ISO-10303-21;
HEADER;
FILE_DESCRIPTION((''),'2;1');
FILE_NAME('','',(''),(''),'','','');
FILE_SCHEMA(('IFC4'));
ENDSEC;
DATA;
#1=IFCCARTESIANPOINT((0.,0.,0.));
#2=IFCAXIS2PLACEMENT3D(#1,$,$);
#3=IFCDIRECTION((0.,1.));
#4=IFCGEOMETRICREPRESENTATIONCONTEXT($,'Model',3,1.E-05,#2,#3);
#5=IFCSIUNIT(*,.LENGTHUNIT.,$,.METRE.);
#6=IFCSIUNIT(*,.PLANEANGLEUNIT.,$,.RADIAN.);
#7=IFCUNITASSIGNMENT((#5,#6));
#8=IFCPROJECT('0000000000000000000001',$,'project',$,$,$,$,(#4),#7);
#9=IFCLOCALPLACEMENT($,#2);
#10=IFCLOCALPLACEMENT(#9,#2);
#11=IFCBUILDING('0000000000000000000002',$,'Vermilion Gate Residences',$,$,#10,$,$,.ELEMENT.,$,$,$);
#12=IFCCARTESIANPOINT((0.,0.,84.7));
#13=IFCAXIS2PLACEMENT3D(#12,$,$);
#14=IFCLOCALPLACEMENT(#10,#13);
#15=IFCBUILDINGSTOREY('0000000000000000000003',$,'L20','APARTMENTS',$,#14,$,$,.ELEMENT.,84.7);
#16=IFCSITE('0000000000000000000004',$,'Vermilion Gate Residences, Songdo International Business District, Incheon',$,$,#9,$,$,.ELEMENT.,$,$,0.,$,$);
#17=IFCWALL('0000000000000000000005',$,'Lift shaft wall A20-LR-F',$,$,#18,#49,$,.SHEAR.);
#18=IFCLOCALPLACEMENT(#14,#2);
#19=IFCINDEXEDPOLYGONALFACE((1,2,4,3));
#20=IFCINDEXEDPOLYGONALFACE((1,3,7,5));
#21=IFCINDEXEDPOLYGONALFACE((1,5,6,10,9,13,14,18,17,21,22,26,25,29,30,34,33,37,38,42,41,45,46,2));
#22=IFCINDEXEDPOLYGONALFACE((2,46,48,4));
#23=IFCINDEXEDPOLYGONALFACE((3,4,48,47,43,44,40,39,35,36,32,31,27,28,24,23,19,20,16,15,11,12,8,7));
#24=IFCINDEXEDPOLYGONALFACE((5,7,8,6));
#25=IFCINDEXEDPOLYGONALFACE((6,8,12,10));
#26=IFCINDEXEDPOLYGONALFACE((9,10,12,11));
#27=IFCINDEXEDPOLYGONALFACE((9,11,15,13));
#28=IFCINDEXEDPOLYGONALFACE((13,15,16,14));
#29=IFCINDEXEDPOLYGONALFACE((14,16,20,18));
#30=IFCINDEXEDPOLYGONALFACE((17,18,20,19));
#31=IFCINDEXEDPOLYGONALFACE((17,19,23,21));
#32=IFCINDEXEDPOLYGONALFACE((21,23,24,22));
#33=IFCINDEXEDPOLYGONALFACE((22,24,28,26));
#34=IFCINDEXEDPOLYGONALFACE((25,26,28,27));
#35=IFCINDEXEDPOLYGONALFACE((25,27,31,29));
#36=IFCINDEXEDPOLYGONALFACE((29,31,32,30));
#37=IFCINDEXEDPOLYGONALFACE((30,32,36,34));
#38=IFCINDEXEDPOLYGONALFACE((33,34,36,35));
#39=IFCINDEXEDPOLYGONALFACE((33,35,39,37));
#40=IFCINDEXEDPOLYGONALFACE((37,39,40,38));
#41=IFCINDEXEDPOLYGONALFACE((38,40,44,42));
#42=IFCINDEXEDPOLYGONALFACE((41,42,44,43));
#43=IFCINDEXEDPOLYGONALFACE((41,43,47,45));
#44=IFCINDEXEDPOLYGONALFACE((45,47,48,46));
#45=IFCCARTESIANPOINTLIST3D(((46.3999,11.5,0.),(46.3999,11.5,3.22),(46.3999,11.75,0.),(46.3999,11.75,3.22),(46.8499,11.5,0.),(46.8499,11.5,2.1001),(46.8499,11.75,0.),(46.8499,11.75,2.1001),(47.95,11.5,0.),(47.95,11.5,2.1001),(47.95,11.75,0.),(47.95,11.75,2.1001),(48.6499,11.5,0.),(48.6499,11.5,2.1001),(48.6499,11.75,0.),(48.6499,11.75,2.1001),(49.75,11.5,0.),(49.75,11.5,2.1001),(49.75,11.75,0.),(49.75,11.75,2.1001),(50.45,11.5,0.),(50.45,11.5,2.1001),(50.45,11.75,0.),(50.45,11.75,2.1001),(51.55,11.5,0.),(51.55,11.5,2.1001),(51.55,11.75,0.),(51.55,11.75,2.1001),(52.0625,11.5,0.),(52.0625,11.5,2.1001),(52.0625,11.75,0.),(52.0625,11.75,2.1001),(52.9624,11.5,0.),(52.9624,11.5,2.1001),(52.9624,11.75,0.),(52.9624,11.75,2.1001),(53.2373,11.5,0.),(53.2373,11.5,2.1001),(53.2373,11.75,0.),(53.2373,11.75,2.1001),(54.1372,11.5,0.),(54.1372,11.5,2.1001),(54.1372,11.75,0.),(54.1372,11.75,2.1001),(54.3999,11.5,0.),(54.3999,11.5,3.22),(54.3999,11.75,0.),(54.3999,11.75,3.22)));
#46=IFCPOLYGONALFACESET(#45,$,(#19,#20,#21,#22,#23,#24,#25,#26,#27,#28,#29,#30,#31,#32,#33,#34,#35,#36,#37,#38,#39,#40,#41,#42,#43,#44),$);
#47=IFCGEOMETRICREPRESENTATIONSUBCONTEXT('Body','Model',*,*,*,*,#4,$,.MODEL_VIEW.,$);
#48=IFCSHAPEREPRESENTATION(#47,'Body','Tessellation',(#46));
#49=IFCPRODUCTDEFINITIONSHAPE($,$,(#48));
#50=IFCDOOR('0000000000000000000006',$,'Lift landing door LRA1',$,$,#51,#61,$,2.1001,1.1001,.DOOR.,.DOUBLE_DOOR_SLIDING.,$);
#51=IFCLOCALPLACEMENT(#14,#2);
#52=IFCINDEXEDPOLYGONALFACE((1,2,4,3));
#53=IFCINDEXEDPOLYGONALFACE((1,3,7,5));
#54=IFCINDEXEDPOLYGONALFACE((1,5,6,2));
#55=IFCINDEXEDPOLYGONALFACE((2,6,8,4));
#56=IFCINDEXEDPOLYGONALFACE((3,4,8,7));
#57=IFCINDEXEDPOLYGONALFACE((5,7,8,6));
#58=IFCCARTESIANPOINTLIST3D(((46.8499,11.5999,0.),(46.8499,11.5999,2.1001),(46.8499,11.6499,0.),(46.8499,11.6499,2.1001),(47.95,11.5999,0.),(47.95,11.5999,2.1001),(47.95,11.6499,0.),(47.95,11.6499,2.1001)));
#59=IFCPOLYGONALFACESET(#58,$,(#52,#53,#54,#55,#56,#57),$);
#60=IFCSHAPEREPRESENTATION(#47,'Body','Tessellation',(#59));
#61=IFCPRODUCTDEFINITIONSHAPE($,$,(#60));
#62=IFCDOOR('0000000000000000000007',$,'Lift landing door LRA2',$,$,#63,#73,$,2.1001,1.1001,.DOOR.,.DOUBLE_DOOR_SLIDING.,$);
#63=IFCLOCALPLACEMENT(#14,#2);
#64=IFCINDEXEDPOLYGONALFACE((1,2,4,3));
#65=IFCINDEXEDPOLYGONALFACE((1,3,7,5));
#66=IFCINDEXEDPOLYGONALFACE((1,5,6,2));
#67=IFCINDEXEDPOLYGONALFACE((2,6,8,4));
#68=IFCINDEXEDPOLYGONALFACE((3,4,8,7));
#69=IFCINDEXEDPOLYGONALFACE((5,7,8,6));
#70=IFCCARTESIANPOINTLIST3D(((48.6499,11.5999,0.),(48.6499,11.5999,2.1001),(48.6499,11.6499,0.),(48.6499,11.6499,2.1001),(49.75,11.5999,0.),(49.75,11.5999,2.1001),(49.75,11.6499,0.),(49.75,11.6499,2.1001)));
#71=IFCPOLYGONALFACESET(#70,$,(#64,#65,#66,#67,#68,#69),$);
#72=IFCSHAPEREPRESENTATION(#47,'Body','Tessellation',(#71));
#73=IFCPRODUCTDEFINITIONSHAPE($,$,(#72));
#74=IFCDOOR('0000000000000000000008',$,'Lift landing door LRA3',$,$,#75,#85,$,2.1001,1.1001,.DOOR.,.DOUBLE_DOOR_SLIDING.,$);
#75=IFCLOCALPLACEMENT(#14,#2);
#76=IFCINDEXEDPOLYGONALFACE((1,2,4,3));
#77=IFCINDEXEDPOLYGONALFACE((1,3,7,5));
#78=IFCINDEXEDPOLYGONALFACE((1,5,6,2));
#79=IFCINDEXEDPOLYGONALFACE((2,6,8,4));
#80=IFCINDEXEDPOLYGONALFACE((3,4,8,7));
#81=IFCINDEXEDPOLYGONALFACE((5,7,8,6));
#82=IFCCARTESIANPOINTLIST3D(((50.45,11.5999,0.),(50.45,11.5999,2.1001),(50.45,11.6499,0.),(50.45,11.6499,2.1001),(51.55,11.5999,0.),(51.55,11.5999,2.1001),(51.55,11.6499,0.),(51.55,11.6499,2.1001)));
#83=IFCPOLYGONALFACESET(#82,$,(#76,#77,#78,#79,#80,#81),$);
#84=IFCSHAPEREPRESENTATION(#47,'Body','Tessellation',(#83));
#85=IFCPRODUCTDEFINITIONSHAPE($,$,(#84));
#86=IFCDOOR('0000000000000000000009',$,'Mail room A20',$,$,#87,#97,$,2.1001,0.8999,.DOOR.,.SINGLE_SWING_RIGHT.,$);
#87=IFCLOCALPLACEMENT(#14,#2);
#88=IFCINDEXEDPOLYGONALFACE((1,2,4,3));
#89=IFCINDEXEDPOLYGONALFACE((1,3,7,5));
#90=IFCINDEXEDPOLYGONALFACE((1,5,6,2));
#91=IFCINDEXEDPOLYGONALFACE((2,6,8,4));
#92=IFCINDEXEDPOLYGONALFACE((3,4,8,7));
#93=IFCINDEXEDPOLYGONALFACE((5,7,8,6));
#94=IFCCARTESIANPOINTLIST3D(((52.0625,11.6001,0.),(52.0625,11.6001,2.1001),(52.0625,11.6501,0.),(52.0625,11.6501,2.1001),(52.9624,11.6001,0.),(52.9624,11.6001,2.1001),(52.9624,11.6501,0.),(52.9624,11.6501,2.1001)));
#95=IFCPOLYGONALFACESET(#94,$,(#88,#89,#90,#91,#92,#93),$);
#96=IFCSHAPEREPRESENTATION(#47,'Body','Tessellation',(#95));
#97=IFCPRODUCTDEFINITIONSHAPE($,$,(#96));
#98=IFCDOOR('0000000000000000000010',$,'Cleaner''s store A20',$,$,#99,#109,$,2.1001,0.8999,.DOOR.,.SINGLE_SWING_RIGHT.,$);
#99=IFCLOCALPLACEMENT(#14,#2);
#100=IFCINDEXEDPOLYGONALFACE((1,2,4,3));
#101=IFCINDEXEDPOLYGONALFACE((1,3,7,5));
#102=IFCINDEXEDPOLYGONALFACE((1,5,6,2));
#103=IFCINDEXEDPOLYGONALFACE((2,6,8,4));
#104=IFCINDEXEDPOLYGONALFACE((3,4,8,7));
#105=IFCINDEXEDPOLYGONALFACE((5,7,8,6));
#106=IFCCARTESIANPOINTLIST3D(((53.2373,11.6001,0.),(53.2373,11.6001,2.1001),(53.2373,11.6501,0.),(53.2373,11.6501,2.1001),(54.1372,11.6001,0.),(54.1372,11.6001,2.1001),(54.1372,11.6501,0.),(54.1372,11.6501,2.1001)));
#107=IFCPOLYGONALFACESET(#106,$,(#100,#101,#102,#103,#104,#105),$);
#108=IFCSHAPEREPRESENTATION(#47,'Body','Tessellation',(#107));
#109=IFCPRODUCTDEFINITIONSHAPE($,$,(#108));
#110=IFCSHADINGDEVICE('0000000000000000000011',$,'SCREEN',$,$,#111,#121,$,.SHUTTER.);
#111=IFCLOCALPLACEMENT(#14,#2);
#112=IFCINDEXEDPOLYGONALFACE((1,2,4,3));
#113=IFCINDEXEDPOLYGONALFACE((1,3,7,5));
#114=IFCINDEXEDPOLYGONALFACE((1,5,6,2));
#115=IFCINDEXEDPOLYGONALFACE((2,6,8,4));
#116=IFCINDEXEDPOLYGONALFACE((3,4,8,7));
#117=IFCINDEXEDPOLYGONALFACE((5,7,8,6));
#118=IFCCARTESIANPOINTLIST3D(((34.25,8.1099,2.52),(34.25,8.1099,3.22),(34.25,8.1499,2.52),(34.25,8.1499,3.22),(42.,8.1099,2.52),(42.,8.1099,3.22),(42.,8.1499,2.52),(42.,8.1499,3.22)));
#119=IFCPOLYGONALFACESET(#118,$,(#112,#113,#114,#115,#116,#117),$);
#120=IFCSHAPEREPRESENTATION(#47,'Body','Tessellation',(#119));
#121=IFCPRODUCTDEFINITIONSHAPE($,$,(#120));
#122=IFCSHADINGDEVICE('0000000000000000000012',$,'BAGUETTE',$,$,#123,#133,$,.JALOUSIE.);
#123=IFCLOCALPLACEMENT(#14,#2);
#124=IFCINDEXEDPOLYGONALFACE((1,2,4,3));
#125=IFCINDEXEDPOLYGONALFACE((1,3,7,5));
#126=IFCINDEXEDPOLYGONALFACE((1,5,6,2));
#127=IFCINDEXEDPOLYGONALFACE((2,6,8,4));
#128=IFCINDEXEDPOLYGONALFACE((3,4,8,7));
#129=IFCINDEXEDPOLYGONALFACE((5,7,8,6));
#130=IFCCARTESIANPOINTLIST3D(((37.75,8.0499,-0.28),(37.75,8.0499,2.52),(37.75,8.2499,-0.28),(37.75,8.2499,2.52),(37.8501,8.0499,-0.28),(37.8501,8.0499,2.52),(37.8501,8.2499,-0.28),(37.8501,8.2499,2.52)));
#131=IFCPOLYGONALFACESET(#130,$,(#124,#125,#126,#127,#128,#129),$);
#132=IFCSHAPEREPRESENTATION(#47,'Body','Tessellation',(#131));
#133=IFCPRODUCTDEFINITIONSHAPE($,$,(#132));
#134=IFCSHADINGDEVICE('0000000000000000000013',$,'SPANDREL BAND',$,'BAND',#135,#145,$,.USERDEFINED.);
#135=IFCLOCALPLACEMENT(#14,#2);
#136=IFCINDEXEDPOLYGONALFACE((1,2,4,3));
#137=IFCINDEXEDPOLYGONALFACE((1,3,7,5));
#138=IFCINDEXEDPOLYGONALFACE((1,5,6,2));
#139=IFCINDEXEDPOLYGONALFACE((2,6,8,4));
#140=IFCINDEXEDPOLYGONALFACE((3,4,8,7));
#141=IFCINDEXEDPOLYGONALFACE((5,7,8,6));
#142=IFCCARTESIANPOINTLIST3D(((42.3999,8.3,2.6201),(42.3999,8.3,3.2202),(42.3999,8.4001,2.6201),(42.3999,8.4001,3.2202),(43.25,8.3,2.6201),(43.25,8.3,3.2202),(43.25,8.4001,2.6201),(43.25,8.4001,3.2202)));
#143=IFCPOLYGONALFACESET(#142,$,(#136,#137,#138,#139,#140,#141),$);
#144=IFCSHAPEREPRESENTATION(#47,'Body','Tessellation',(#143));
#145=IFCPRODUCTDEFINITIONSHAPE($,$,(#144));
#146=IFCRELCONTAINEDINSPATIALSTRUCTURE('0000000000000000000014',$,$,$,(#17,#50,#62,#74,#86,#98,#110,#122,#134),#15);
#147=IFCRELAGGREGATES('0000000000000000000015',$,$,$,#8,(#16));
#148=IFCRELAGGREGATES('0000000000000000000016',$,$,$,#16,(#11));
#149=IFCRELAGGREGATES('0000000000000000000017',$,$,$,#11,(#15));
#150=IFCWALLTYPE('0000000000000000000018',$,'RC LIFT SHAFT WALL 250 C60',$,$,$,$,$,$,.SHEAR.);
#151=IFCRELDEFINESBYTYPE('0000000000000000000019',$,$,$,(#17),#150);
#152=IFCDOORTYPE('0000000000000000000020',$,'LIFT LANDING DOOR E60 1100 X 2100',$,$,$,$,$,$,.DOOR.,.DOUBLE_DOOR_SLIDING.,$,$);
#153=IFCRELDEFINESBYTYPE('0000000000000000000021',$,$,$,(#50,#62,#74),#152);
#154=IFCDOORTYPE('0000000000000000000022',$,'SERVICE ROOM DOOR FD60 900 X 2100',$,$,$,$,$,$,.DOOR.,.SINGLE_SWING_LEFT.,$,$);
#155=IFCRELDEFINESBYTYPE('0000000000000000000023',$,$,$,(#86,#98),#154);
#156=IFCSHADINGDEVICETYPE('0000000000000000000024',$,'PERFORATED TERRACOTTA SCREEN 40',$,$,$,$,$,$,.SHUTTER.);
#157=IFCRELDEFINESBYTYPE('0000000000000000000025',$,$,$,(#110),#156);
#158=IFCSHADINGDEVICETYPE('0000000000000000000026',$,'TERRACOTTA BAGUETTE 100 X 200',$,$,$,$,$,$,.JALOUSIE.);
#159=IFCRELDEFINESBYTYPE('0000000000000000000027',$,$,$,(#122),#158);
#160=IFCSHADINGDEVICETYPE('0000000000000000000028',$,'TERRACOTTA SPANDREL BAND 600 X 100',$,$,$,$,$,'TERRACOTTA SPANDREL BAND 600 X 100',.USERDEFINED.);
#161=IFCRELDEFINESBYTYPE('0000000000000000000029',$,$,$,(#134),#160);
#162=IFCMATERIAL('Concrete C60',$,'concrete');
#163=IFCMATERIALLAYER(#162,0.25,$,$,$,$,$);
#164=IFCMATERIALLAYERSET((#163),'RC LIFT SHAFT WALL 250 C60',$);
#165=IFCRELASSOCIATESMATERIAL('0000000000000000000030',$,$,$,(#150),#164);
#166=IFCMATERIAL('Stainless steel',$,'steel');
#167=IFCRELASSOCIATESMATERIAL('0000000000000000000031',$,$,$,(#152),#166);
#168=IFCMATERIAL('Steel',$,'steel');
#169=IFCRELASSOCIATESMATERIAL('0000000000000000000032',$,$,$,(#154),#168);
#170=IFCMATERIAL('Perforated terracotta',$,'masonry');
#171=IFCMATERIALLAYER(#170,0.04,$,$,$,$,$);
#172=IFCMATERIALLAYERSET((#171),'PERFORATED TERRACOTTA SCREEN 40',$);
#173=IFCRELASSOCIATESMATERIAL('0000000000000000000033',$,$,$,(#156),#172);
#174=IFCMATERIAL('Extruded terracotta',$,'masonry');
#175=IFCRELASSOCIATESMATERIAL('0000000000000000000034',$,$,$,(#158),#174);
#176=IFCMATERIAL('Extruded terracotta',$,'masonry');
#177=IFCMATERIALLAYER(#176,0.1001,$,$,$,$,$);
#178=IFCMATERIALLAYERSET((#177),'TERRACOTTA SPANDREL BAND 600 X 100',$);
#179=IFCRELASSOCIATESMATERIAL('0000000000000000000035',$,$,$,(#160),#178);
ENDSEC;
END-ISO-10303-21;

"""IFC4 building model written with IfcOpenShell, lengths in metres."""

from ifc_helpers import new_model, si_unit, direction, frame, frame_2d, origin, origin_2d, place, context, subcontext, project, spatial, rectangle, extrude, material, layer, layer_set, material_profile, profile_set, type_object, element, fill, save


model = new_model("IFC4")

# Units and contexts
model_context = context("Model", 3, precision=1e-05, world=origin(), true_north=direction((0.0, 1.0)))
body_context = subcontext(model_context, "Body", "Model", "MODEL_VIEW")
ifc_project = project(units=[si_unit("LENGTHUNIT", "METRE"), si_unit("PLANEANGLEUNIT", "RADIAN")], contexts=[model_context])

# Site, building, storey
site_placement = place(None, origin())
site = spatial("IfcSite", under=ifc_project, at=site_placement, Name="Vermilion Gate Residences, Songdo International Business District, Incheon", CompositionType="ELEMENT", RefElevation=0.0)
building_placement = place(site_placement, origin())
building = spatial("IfcBuilding", under=site, at=building_placement, Name="Vermilion Gate Residences", CompositionType="ELEMENT")
storey_placement = place(building_placement, frame((0.0, 0.0, 84.7)))
storey = spatial("IfcBuildingStorey", under=building, at=storey_placement, Name="L20", Description="APARTMENTS", CompositionType="ELEMENT", Elevation=84.7)

# Wall, openings, doors
ifc_material_1 = material(Name="Concrete C60", Category="concrete")
ifc_layer_1 = layer(ifc_material_1, 0.25)
ifc_layer_set_1 = layer_set([ifc_layer_1], Name="RC LIFT SHAFT WALL 250 C60")
wall_type_1 = type_object("IfcWallType", Name="RC LIFT SHAFT WALL 250 C60", PredefinedType="SHEAR", material=ifc_layer_set_1)
wall_1_placement = place(storey_placement, frame((46.3999, 11.625, 0.0), z_axis=(0.0, 0.0, 1.0), x_axis=(1.0, 0.0, 0.0)))
wall_1 = element("IfcWall", 1, at=wall_1_placement, inside=storey, type_object=wall_type_1, Name="Lift shaft wall A20-LR-F", PredefinedType="SHEAR", context=body_context, shape_type="SweptSolid", body=[
    extrude(rectangle(XDim=8.0, YDim=0.25, at=frame_2d((4.0, 0.0))), origin(), (0.0, 0.0, 1.0), 3.22),
])
opening_1_placement = place(wall_1_placement, frame((0.45, 0.0, 0.0)))
opening_1 = element("IfcOpeningElement", 2, at=opening_1_placement, cuts=wall_1, PredefinedType="OPENING", context=body_context, shape_type="SweptSolid", body=[
    extrude(rectangle(XDim=1.1001, YDim=2.1001, at=frame_2d((0.55, 1.05))), frame((0.0, 0.135, 0.0), z_axis=(0.0, -1.0, 0.0), x_axis=(1.0, 0.0, 0.0)), (0.0, 0.0, 1.0), 0.27),
])
opening_2_placement = place(wall_1_placement, frame((2.25, 0.0, 0.0)))
opening_2 = element("IfcOpeningElement", 3, at=opening_2_placement, cuts=wall_1, PredefinedType="OPENING", context=body_context, shape_type="SweptSolid", body=[
    extrude(rectangle(XDim=1.1001, YDim=2.1001, at=frame_2d((0.55, 1.05))), frame((0.0, 0.135, 0.0), z_axis=(0.0, -1.0, 0.0), x_axis=(1.0, 0.0, 0.0)), (0.0, 0.0, 1.0), 0.27),
])
opening_3_placement = place(wall_1_placement, frame((4.05, 0.0, 0.0)))
opening_3 = element("IfcOpeningElement", 4, at=opening_3_placement, cuts=wall_1, PredefinedType="OPENING", context=body_context, shape_type="SweptSolid", body=[
    extrude(rectangle(XDim=1.1001, YDim=2.1001, at=frame_2d((0.55, 1.05))), frame((0.0, 0.135, 0.0), z_axis=(0.0, -1.0, 0.0), x_axis=(1.0, 0.0, 0.0)), (0.0, 0.0, 1.0), 0.27),
])
opening_4_placement = place(wall_1_placement, frame((5.6626, 0.0, 0.0)))
opening_4 = element("IfcOpeningElement", 5, at=opening_4_placement, cuts=wall_1, PredefinedType="OPENING", context=body_context, shape_type="SweptSolid", body=[
    extrude(rectangle(XDim=0.8999, YDim=2.1001, at=frame_2d((0.45, 1.05))), frame((0.0, 0.135, 0.0), z_axis=(0.0, -1.0, 0.0), x_axis=(1.0, 0.0, 0.0)), (0.0, 0.0, 1.0), 0.27),
])
opening_5_placement = place(wall_1_placement, frame((6.8374, 0.0, 0.0)))
opening_5 = element("IfcOpeningElement", 6, at=opening_5_placement, cuts=wall_1, PredefinedType="OPENING", context=body_context, shape_type="SweptSolid", body=[
    extrude(rectangle(XDim=0.8999, YDim=2.1001, at=frame_2d((0.45, 1.05))), frame((0.0, 0.135, 0.0), z_axis=(0.0, -1.0, 0.0), x_axis=(1.0, 0.0, 0.0)), (0.0, 0.0, 1.0), 0.27),
])
ifc_material_2 = material(Name="Stainless steel", Category="steel")
door_type_1 = type_object("IfcDoorType", Name="LIFT LANDING DOOR E60 1100 X 2100", OperationType="DOUBLE_DOOR_SLIDING", PredefinedType="DOOR", material=ifc_material_2)
door_1_placement = place(opening_1_placement, origin())
door_1 = element("IfcDoor", 7, at=door_1_placement, inside=storey, type_object=door_type_1, Name="Lift landing door LRA1", OperationType="DOUBLE_DOOR_SLIDING", OverallHeight=2.1001, OverallWidth=1.1001, PredefinedType="DOOR", context=body_context, shape_type="SweptSolid", body=[
    extrude(rectangle(XDim=1.1001, YDim=2.1001, at=frame_2d((0.55, 1.05))), frame((0.0, 0.0249, 0.0), z_axis=(0.0, -1.0, 0.0), x_axis=(1.0, 0.0, 0.0)), (0.0, 0.0, 1.0), 0.05),
])
fill(opening_1, door_1)
door_2_placement = place(opening_2_placement, origin())
door_2 = element("IfcDoor", 8, at=door_2_placement, inside=storey, type_object=door_type_1, Name="Lift landing door LRA2", OperationType="DOUBLE_DOOR_SLIDING", OverallHeight=2.1001, OverallWidth=1.1001, PredefinedType="DOOR", context=body_context, shape_type="SweptSolid", body=[
    extrude(rectangle(XDim=1.1001, YDim=2.1001, at=frame_2d((0.55, 1.05))), frame((0.0, 0.0249, 0.0), z_axis=(0.0, -1.0, 0.0), x_axis=(1.0, 0.0, 0.0)), (0.0, 0.0, 1.0), 0.05),
])
fill(opening_2, door_2)
door_3_placement = place(opening_3_placement, origin())
door_3 = element("IfcDoor", 9, at=door_3_placement, inside=storey, type_object=door_type_1, Name="Lift landing door LRA3", OperationType="DOUBLE_DOOR_SLIDING", OverallHeight=2.1001, OverallWidth=1.1001, PredefinedType="DOOR", context=body_context, shape_type="SweptSolid", body=[
    extrude(rectangle(XDim=1.1001, YDim=2.1001, at=frame_2d((0.55, 1.05))), frame((0.0, 0.0249, 0.0), z_axis=(0.0, -1.0, 0.0), x_axis=(1.0, 0.0, 0.0)), (0.0, 0.0, 1.0), 0.05),
])
fill(opening_3, door_3)
ifc_material_3 = material(Name="Steel", Category="steel")
door_type_2 = type_object("IfcDoorType", Name="SERVICE ROOM DOOR FD60 900 X 2100", OperationType="SINGLE_SWING_LEFT", PredefinedType="DOOR", material=ifc_material_3)
door_4_placement = place(opening_4_placement, frame((0.8999, 0.0, 0.0), z_axis=(0.0, 0.0, 1.0), x_axis=(-1.0, 0.0, 0.0)))
door_4 = element("IfcDoor", 10, at=door_4_placement, inside=storey, type_object=door_type_2, Name="Mail room A20", OperationType="SINGLE_SWING_RIGHT", OverallHeight=2.1001, OverallWidth=0.8999, PredefinedType="DOOR", context=body_context, shape_type="SweptSolid", body=[
    extrude(rectangle(XDim=0.8999, YDim=2.1001, at=frame_2d((0.45, 1.05))), frame((0.0, 0.0249, 0.0), z_axis=(0.0, -1.0, 0.0), x_axis=(1.0, 0.0, 0.0)), (0.0, 0.0, 1.0), 0.05),
])
fill(opening_4, door_4)
door_5_placement = place(opening_5_placement, frame((0.8999, 0.0, 0.0), z_axis=(0.0, 0.0, 1.0), x_axis=(-1.0, 0.0, 0.0)))
door_5 = element("IfcDoor", 11, at=door_5_placement, inside=storey, type_object=door_type_2, Name="Cleaner's store A20", OperationType="SINGLE_SWING_RIGHT", OverallHeight=2.1001, OverallWidth=0.8999, PredefinedType="DOOR", context=body_context, shape_type="SweptSolid", body=[
    extrude(rectangle(XDim=0.8999, YDim=2.1001, at=frame_2d((0.45, 1.05))), frame((0.0, 0.0249, 0.0), z_axis=(0.0, -1.0, 0.0), x_axis=(1.0, 0.0, 0.0)), (0.0, 0.0, 1.0), 0.05),
])
fill(opening_5, door_5)

# Shading devices
ifc_material_4 = material(Name="Perforated terracotta", Category="masonry")
ifc_layer_2 = layer(ifc_material_4, 0.04)
ifc_layer_set_2 = layer_set([ifc_layer_2], Name="PERFORATED TERRACOTTA SCREEN 40")
shading_device_type_1 = type_object("IfcShadingDeviceType", Name="PERFORATED TERRACOTTA SCREEN 40", PredefinedType="SHUTTER", material=ifc_layer_set_2)
shading_device_1_placement = place(storey_placement, frame((38.125, 8.1299, 2.52), z_axis=(0.0, 0.0, 1.0), x_axis=(1.0, 0.0, 0.0)))
element("IfcShadingDevice", 12, at=shading_device_1_placement, inside=storey, type_object=shading_device_type_1, Name="SCREEN", PredefinedType="SHUTTER", context=body_context, shape_type="SweptSolid", body=[
    extrude(rectangle(XDim=7.75, YDim=0.04, at=origin_2d()), origin(), (0.0, 0.0, 1.0), 0.7),
])
ifc_material_5 = material(Name="Extruded terracotta", Category="masonry")
ifc_material_profile = material_profile(ifc_material_5, rectangle(XDim=0.2, YDim=0.1001, at=origin_2d()), Name="BAGUETTE 100 X 200")
ifc_profile_set = profile_set([ifc_material_profile], Name="Extruded terracotta")
shading_device_type_2 = type_object("IfcShadingDeviceType", Name="TERRACOTTA BAGUETTE 100 X 200", PredefinedType="JALOUSIE", material=ifc_profile_set)
shading_device_2_placement = place(storey_placement, frame((37.8, 8.1499, -0.28), z_axis=(0.0, 0.0, 1.0), x_axis=(0.0, 1.0, 0.0)))
element("IfcShadingDevice", 13, at=shading_device_2_placement, inside=storey, type_object=shading_device_type_2, Name="BAGUETTE", PredefinedType="JALOUSIE", context=body_context, shape_type="SweptSolid", body=[
    extrude(rectangle(XDim=0.2, YDim=0.1001, at=origin_2d()), origin(), (0.0, 0.0, 1.0), 2.8),
])
ifc_material_6 = material(Name="Extruded terracotta", Category="masonry")
ifc_layer_3 = layer(ifc_material_6, 0.1001)
ifc_layer_set_3 = layer_set([ifc_layer_3], Name="TERRACOTTA SPANDREL BAND 600 X 100")
shading_device_type_3 = type_object("IfcShadingDeviceType", Name="TERRACOTTA SPANDREL BAND 600 X 100", ElementType="TERRACOTTA SPANDREL BAND 600 X 100", PredefinedType="USERDEFINED", material=ifc_layer_set_3)
shading_device_3_placement = place(storey_placement, frame((42.825, 8.3501, 2.6201), z_axis=(0.0, 0.0, 1.0), x_axis=(1.0, 0.0, 0.0)))
element("IfcShadingDevice", 14, at=shading_device_3_placement, inside=storey, type_object=shading_device_type_3, Name="SPANDREL BAND", ObjectType="BAND", PredefinedType="USERDEFINED", context=body_context, shape_type="SweptSolid", body=[
    extrude(rectangle(XDim=0.8501, YDim=0.1001, at=origin_2d()), origin(), (0.0, 0.0, 1.0), 0.6001),
])

save(model, "model.ifc")
